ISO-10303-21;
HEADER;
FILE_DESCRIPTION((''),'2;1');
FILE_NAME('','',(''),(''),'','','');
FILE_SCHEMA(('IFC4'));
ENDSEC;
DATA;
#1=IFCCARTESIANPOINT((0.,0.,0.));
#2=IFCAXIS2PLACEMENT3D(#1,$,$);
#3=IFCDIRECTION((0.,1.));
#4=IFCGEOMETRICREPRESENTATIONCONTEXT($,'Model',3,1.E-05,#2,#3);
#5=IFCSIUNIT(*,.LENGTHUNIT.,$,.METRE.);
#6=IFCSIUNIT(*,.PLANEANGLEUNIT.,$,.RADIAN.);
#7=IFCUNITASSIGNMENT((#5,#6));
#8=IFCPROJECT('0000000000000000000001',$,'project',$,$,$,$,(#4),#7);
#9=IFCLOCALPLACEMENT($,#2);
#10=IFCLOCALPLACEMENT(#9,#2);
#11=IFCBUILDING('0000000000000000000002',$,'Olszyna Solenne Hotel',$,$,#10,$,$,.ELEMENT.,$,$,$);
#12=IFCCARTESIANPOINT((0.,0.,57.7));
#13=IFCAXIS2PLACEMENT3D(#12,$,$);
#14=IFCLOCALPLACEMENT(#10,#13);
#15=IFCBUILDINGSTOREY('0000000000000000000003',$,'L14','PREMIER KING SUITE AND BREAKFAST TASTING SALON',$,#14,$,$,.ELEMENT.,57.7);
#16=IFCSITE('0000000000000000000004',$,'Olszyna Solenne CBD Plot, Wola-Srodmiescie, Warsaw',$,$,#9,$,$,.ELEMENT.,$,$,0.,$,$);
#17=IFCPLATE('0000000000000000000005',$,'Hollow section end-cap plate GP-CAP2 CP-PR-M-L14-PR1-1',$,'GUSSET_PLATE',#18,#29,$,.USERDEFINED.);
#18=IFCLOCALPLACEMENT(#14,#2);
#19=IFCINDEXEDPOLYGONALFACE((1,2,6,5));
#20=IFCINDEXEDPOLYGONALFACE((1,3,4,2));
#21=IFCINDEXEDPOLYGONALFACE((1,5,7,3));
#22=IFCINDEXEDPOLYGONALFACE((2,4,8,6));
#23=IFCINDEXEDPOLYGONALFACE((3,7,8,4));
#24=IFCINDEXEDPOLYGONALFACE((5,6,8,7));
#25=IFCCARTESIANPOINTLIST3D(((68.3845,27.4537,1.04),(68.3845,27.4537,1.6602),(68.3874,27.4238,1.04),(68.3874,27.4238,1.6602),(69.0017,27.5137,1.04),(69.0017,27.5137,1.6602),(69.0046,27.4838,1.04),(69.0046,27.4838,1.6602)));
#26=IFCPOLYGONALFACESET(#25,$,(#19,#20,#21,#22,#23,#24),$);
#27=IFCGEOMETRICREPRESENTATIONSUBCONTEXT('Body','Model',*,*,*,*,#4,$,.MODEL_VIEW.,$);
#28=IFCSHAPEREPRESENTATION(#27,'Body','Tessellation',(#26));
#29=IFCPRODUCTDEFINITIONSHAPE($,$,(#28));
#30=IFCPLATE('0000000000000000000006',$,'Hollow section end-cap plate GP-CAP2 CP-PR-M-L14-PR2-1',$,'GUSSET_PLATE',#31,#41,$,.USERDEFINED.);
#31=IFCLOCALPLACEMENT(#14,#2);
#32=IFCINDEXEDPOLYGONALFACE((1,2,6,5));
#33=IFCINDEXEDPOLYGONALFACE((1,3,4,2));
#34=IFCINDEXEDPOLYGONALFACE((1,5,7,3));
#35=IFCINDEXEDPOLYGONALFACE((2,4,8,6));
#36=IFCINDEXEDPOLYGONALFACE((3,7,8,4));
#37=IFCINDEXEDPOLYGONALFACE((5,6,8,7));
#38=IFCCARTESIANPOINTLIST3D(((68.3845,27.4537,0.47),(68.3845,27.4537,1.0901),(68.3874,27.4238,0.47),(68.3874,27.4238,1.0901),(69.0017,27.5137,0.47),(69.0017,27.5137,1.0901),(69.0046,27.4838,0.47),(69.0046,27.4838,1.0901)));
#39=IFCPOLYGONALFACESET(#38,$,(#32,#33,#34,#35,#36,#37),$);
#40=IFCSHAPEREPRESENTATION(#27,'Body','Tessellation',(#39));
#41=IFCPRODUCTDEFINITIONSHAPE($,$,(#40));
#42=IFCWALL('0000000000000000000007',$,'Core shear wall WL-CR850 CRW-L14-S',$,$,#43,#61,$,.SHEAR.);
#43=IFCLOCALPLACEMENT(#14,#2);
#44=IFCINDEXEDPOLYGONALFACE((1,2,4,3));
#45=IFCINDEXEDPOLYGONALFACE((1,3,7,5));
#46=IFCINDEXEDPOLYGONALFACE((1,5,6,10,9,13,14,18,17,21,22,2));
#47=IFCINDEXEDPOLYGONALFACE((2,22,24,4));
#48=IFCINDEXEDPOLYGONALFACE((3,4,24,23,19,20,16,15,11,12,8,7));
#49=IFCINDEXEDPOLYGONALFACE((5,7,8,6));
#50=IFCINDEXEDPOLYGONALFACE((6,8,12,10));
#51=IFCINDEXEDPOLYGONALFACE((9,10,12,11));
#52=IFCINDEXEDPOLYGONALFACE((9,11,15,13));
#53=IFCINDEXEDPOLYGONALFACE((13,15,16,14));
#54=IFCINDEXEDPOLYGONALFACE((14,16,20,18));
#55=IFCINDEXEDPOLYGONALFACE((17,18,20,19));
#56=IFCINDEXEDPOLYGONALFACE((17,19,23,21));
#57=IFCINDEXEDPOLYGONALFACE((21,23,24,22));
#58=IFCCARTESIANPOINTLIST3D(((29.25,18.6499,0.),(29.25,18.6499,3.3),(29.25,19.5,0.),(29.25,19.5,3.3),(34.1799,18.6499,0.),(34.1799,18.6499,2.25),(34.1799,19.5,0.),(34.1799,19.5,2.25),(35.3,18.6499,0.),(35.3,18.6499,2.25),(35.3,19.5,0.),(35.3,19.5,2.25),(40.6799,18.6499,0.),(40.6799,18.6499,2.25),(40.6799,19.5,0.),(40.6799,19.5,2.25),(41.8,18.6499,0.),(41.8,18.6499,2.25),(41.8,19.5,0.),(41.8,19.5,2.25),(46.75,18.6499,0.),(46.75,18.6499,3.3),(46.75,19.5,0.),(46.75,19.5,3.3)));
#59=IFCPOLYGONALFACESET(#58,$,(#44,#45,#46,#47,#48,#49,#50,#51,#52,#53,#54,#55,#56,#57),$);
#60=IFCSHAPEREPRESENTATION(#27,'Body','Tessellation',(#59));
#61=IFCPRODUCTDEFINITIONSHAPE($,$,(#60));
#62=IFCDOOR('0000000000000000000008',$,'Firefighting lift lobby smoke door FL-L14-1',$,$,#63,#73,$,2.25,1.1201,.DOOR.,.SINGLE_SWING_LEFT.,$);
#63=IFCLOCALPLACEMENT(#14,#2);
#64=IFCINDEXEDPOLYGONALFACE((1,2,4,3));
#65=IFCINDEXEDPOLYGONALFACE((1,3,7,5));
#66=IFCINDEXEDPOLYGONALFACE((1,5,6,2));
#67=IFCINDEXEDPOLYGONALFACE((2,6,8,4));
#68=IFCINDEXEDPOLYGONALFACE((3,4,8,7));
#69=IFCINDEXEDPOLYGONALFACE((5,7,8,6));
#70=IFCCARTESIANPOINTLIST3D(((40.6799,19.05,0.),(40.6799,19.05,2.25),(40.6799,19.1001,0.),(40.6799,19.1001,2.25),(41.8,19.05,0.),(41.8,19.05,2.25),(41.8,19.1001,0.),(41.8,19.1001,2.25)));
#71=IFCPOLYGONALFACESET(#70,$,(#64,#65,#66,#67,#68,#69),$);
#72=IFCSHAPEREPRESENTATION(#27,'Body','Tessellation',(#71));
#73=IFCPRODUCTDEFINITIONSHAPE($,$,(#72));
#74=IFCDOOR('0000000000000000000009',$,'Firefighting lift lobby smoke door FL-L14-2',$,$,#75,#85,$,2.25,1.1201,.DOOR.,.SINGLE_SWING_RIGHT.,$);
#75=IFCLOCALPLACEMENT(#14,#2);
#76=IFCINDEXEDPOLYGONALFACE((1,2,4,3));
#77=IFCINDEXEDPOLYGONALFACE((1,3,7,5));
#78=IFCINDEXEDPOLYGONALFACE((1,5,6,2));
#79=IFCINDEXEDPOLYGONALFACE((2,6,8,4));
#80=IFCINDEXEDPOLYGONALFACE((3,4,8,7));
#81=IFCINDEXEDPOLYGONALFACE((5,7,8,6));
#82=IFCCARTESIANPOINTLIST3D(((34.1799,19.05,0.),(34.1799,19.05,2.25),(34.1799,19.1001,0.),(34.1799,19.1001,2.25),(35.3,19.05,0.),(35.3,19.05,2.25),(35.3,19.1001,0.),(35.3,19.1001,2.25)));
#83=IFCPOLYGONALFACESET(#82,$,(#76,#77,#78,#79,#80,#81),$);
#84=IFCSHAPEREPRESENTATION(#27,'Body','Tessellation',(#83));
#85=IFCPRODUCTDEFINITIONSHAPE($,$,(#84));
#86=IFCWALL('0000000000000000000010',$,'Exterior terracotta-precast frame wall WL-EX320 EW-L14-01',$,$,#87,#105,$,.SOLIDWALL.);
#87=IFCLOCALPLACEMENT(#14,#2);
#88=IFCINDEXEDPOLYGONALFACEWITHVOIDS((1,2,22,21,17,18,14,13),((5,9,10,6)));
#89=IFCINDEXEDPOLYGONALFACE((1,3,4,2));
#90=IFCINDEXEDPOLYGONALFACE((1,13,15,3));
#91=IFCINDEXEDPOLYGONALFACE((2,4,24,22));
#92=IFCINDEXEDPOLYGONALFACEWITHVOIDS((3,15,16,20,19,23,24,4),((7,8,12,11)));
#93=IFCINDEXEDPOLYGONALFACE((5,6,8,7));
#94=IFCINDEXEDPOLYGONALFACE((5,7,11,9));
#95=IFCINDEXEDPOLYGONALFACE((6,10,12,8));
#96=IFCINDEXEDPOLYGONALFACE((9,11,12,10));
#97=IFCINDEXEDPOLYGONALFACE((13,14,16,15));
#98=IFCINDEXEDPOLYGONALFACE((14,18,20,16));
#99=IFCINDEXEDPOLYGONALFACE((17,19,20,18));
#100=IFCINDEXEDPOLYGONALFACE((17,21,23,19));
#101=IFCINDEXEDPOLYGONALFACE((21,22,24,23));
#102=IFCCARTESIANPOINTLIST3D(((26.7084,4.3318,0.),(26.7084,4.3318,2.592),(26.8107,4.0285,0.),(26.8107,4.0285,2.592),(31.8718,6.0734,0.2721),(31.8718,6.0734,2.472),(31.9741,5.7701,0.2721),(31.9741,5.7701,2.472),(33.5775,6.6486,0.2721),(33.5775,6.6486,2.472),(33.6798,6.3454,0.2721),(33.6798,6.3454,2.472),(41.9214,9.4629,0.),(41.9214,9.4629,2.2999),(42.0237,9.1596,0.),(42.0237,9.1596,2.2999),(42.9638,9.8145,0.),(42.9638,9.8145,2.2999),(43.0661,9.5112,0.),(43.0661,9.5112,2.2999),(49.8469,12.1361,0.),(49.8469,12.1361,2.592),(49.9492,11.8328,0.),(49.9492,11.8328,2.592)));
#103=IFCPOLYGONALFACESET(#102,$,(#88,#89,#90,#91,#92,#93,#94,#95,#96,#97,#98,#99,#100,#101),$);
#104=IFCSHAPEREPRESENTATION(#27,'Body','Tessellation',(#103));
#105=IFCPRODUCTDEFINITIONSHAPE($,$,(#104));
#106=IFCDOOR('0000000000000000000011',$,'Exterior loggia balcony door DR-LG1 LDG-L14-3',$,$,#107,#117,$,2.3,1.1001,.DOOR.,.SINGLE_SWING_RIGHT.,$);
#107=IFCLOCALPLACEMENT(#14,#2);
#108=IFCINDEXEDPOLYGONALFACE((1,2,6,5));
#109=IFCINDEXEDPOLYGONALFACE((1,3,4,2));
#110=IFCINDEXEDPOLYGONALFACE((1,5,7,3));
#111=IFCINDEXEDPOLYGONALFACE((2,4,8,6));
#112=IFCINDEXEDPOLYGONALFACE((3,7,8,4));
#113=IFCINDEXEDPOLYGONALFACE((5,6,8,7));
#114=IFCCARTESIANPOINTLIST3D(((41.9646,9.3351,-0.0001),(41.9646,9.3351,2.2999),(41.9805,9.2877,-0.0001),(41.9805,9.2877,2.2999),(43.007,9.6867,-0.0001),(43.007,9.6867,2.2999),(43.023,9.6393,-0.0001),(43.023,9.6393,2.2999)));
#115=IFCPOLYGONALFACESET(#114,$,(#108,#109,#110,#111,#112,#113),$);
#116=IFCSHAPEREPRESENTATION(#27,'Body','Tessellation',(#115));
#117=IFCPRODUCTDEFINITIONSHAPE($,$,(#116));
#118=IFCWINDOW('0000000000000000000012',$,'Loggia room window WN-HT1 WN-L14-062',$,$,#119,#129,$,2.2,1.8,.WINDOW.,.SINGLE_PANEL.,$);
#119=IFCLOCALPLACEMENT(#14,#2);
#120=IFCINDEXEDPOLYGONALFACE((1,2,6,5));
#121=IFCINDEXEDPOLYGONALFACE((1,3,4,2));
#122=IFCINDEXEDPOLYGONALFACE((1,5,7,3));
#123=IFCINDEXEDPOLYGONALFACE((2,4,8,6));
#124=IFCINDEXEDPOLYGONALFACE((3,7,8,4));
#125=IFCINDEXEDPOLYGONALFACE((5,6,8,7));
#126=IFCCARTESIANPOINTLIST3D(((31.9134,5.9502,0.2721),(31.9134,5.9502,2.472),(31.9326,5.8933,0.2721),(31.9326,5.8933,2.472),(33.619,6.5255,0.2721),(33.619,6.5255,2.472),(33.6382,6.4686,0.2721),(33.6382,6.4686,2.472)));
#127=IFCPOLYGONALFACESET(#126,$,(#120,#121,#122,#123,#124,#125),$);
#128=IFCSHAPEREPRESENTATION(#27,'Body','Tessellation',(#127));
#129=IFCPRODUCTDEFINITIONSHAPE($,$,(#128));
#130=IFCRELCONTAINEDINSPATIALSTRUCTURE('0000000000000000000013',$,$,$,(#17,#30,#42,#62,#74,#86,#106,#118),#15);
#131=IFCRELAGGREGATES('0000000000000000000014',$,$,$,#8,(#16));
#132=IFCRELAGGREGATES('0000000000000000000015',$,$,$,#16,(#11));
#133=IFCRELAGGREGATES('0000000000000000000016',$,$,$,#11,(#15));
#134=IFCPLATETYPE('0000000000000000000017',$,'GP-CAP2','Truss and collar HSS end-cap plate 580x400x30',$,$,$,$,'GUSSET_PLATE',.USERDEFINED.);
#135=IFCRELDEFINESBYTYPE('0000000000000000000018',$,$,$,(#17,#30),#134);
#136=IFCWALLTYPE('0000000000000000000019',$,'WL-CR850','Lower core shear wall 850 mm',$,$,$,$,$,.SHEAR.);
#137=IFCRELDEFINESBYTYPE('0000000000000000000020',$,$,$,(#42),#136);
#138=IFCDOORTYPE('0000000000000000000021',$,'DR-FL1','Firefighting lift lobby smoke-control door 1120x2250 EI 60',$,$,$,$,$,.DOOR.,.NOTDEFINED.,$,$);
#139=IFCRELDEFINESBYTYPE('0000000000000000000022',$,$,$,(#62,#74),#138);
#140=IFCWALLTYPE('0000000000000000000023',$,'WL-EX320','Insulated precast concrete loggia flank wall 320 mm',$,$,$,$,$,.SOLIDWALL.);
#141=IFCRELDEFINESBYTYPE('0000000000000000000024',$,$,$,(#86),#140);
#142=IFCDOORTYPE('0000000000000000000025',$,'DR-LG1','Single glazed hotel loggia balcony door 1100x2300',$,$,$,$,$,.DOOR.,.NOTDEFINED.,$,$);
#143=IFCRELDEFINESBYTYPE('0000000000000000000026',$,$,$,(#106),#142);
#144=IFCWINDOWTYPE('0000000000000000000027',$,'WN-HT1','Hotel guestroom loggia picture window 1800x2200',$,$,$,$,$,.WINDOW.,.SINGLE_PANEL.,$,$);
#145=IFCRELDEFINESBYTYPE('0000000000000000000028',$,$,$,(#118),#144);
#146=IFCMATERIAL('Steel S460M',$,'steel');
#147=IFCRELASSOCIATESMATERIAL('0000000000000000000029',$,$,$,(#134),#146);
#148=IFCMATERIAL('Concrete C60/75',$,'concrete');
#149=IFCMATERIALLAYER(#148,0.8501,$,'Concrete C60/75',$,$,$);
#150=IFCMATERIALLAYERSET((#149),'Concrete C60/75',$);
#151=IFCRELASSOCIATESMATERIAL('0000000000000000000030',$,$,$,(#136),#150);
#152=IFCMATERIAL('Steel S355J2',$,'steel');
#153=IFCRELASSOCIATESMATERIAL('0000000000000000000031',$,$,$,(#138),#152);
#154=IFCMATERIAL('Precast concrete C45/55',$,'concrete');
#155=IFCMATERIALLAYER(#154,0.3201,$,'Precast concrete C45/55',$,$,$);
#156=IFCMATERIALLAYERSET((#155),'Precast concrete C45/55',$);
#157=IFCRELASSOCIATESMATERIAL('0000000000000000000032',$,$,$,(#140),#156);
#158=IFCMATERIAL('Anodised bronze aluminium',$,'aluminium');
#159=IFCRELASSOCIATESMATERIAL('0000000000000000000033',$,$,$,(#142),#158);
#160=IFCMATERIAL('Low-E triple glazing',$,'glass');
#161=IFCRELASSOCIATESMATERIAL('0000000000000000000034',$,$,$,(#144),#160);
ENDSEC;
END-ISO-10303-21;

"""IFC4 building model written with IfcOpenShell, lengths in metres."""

from ifc_helpers import new_model, si_unit, direction, frame, frame_2d, origin, origin_2d, place, context, subcontext, project, spatial, rectangle, extrude, source, transform, mapped, material, layer, layer_set, type_object, type_shapes, element, fill, save


model = new_model("IFC4")

# Units and contexts
model_context = context("Model", 3, precision=1e-05, world=origin(), true_north=direction((0.0, 1.0)))
body_context = subcontext(model_context, "Body", "Model", "MODEL_VIEW")
ifc_project = project(units=[si_unit("LENGTHUNIT", "METRE"), si_unit("PLANEANGLEUNIT", "RADIAN")], contexts=[model_context])

# Site, building, storey
site_placement = place(None, origin())
site = spatial("IfcSite", under=ifc_project, at=site_placement, Name="Olszyna Solenne CBD Plot, Wola-Srodmiescie, Warsaw", CompositionType="ELEMENT", RefElevation=0.0)
building_placement = place(site_placement, origin())
building = spatial("IfcBuilding", under=site, at=building_placement, Name="Olszyna Solenne Hotel", CompositionType="ELEMENT")
storey_placement = place(building_placement, frame((0.0, 0.0, 57.7)))
storey = spatial("IfcBuildingStorey", under=building, at=storey_placement, Name="L14", Description="PREMIER KING SUITE AND BREAKFAST TASTING SALON", CompositionType="ELEMENT", Elevation=57.7)

# Shared definitions
ifc_material_1 = material(Name="Steel S460M", Category="steel")

# Shared definitions
ifc_material_2 = material(Name="Steel S355J2", Category="steel")

# Plates
plate_type = type_object("IfcPlateType", Name="GP-CAP2", Description="Truss and collar HSS end-cap plate 580x400x30", ElementType="GUSSET_PLATE", PredefinedType="USERDEFINED", material=ifc_material_1)
shared_shape_1 = source(origin(), body_context, "Body", "SweptSolid", [
    extrude(rectangle(XDim=0.03, YDim=0.6201, at=origin_2d()), origin(), (0.0, 0.0, 1.0), 0.6201),
])
for number, where, z_axis, x_axis, name in (
    (1, (68.6946, 27.4688, 1.04), (0.0, 0.0, 1.0), (-0.096714, 0.995312, 0.0), "Hollow section end-cap plate GP-CAP2 CP-PR-M-L14-PR1-1"),
    (2, (68.6946, 27.4688, 0.47), (0.0, 0.0, 1.0), (-0.096714, 0.995312, 0.0), "Hollow section end-cap plate GP-CAP2 CP-PR-M-L14-PR2-1"),
):
    element("IfcPlate", number, at=place(storey_placement, frame(where, z_axis=z_axis, x_axis=x_axis)), inside=storey, type_object=plate_type, Name=name, ObjectType="GUSSET_PLATE", PredefinedType="USERDEFINED", context=body_context, shape_type="MappedRepresentation", body=[
        mapped(shared_shape_1, transform((0.0, 0.0, 0.0), x_axis=(1.0, 0.0, 0.0), y_axis=(0.0, 1.0, 0.0), z_axis=(0.0, 0.0, 1.0), scale=1.0)),
    ])

# Wall, openings, doors
ifc_material_3 = material(Name="Concrete C60/75", Category="concrete")
ifc_layer_1 = layer(ifc_material_3, 0.8501, Name="Concrete C60/75")
ifc_layer_set_1 = layer_set([ifc_layer_1], Name="Concrete C60/75")
wall_type_1 = type_object("IfcWallType", Name="WL-CR850", Description="Lower core shear wall 850 mm", PredefinedType="SHEAR", material=ifc_layer_set_1)
wall_1_placement = place(storey_placement, frame((46.75, 19.075, 0.0), z_axis=(0.0, 0.0, 1.0), x_axis=(-1.0, 0.0, 0.0)))
wall_1 = element("IfcWall", 3, at=wall_1_placement, inside=storey, type_object=wall_type_1, Name="Core shear wall WL-CR850 CRW-L14-S", PredefinedType="SHEAR", context=body_context, shape_type="SweptSolid", body=[
    extrude(rectangle(XDim=17.5, YDim=0.8501, at=frame_2d((8.75, 0.0))), origin(), (0.0, 0.0, 1.0), 3.3),
])
opening_1_placement = place(wall_1_placement, frame((4.95, 0.0, 0.0)))
opening_1 = element("IfcOpeningElement", 4, at=opening_1_placement, cuts=wall_1, PredefinedType="OPENING", context=body_context, shape_type="SweptSolid", body=[
    extrude(rectangle(XDim=1.1201, YDim=2.25, at=frame_2d((0.5601, 1.125))), frame((0.0, 0.4351, 0.0), z_axis=(0.0, -1.0, 0.0), x_axis=(1.0, 0.0, 0.0)), (0.0, 0.0, 1.0), 0.8701),
])
opening_2_placement = place(wall_1_placement, frame((11.45, 0.0, 0.0)))
opening_2 = element("IfcOpeningElement", 5, at=opening_2_placement, cuts=wall_1, PredefinedType="OPENING", context=body_context, shape_type="SweptSolid", body=[
    extrude(rectangle(XDim=1.1201, YDim=2.25, at=frame_2d((0.5601, 1.125))), frame((0.0, 0.4351, 0.0), z_axis=(0.0, -1.0, 0.0), x_axis=(1.0, 0.0, 0.0)), (0.0, 0.0, 1.0), 0.8701),
])
door_type_1 = type_object("IfcDoorType", Name="DR-FL1", Description="Firefighting lift lobby smoke-control door 1120x2250 EI 60", OperationType="NOTDEFINED", PredefinedType="DOOR", material=ifc_material_2)
shared_shape_2 = source(origin(), body_context, "Body", "SweptSolid", [
    extrude(rectangle(XDim=1.1201, YDim=2.25, at=frame_2d((0.5601, 1.125))), frame((0.0, 0.0249, 0.0), z_axis=(0.0, -1.0, 0.0), x_axis=(1.0, 0.0, 0.0)), (0.0, 0.0, 1.0), 0.05),
])
type_shapes(door_type_1, [shared_shape_2])
door_1_placement = place(opening_1_placement, origin())
door_1 = element("IfcDoor", 6, at=door_1_placement, inside=storey, type_object=door_type_1, Name="Firefighting lift lobby smoke door FL-L14-1", OperationType="SINGLE_SWING_LEFT", OverallHeight=2.25, OverallWidth=1.1201, PredefinedType="DOOR", context=body_context, shape_type="MappedRepresentation", body=[
    mapped(shared_shape_2, transform((0.0, 0.0, 0.0), x_axis=(1.0, 0.0, 0.0), y_axis=(0.0, 1.0, 0.0), z_axis=(0.0, 0.0, 1.0), scale=1.0)),
])
fill(opening_1, door_1)
door_2_placement = place(opening_2_placement, origin())
door_2 = element("IfcDoor", 7, at=door_2_placement, inside=storey, type_object=door_type_1, Name="Firefighting lift lobby smoke door FL-L14-2", OperationType="SINGLE_SWING_RIGHT", OverallHeight=2.25, OverallWidth=1.1201, PredefinedType="DOOR", context=body_context, shape_type="MappedRepresentation", body=[
    mapped(shared_shape_2, transform((0.0, 0.0, 0.0), x_axis=(1.0, 0.0, 0.0), y_axis=(0.0, 1.0, 0.0), z_axis=(0.0, 0.0, 1.0), scale=1.0)),
])
fill(opening_2, door_2)

# Wall, openings, door, window
ifc_material_4 = material(Name="Precast concrete C45/55", Category="concrete")
ifc_layer_2 = layer(ifc_material_4, 0.3201, Name="Precast concrete C45/55")
ifc_layer_set_2 = layer_set([ifc_layer_2], Name="Precast concrete C45/55")
wall_type_2 = type_object("IfcWallType", Name="WL-EX320", Description="Insulated precast concrete loggia flank wall 320 mm", PredefinedType="SOLIDWALL", material=ifc_layer_set_2)
wall_2_placement = place(storey_placement, frame((49.8979, 11.9844, 0.0), z_axis=(0.0, 0.0, 1.0), x_axis=(-0.947555, -0.319594, 0.0)))
wall_2 = element("IfcWall", 8, at=wall_2_placement, inside=storey, type_object=wall_type_2, Name="Exterior terracotta-precast frame wall WL-EX320 EW-L14-01", PredefinedType="SOLIDWALL", context=body_context, shape_type="SweptSolid", body=[
    extrude(rectangle(XDim=24.4192, YDim=0.3201, at=frame_2d((12.2095, 0.0))), origin(), (0.0, 0.0, 1.0), 2.592),
])
opening_3_placement = place(wall_2_placement, frame((7.2639, 0.0, 0.0)))
opening_3 = element("IfcOpeningElement", 9, at=opening_3_placement, cuts=wall_2, PredefinedType="OPENING", context=body_context, shape_type="SweptSolid", body=[
    extrude(rectangle(XDim=1.1001, YDim=2.3, at=frame_2d((0.55, 1.1499))), frame((0.0, 0.1699, 0.0), z_axis=(0.0, -1.0, 0.0), x_axis=(1.0, 0.0, 0.0)), (0.0, 0.0, 1.0), 0.3401),
])
opening_4_placement = place(wall_2_placement, frame((17.1699, 0.0, 0.272)))
opening_4 = element("IfcOpeningElement", 10, at=opening_4_placement, cuts=wall_2, PredefinedType="OPENING", context=body_context, shape_type="SweptSolid", body=[
    extrude(rectangle(XDim=1.8, YDim=2.2, at=frame_2d((0.8999, 1.1001))), frame((0.0, 0.1699, 0.0), z_axis=(0.0, -1.0, 0.0), x_axis=(1.0, 0.0, 0.0)), (0.0, 0.0, 1.0), 0.3401),
])
ifc_material_5 = material(Name="Anodised bronze aluminium", Category="aluminium")
door_type_2 = type_object("IfcDoorType", Name="DR-LG1", Description="Single glazed hotel loggia balcony door 1100x2300", OperationType="NOTDEFINED", PredefinedType="DOOR", material=ifc_material_5)
shared_shape_3 = source(origin(), body_context, "Body", "SweptSolid", [
    extrude(rectangle(XDim=1.1001, YDim=2.3, at=frame_2d((0.55, 1.1499))), frame((0.0, 0.0249, 0.0), z_axis=(0.0, -1.0, 0.0), x_axis=(1.0, 0.0, 0.0)), (0.0, 0.0, 1.0), 0.05),
])
type_shapes(door_type_2, [shared_shape_3])
door_3_placement = place(opening_3_placement, origin())
door_3 = element("IfcDoor", 11, at=door_3_placement, inside=storey, type_object=door_type_2, Name="Exterior loggia balcony door DR-LG1 LDG-L14-3", OperationType="SINGLE_SWING_RIGHT", OverallHeight=2.3, OverallWidth=1.1001, PredefinedType="DOOR", context=body_context, shape_type="MappedRepresentation", body=[
    mapped(shared_shape_3, transform((0.0, 0.0, 0.0), x_axis=(1.0, 0.0, 0.0), y_axis=(0.0, 1.0, 0.0), z_axis=(0.0, 0.0, 1.0), scale=1.0)),
])
fill(opening_3, door_3)
ifc_material_6 = material(Name="Low-E triple glazing", Category="glass")
window_type = type_object("IfcWindowType", Name="WN-HT1", Description="Hotel guestroom loggia picture window 1800x2200", PartitioningType="SINGLE_PANEL", PredefinedType="WINDOW", material=ifc_material_6)
shared_shape_4 = source(origin(), body_context, "Body", "SweptSolid", [
    extrude(rectangle(XDim=1.8, YDim=2.2, at=frame_2d((0.8999, 1.1001))), frame((0.0, 0.03, 0.0), z_axis=(0.0, -1.0, 0.0), x_axis=(1.0, 0.0, 0.0)), (0.0, 0.0, 1.0), 0.0601),
])
type_shapes(window_type, [shared_shape_4])
window_placement = place(opening_4_placement, origin())
window = element("IfcWindow", 12, at=window_placement, inside=storey, type_object=window_type, Name="Loggia room window WN-HT1 WN-L14-062", OverallHeight=2.2, OverallWidth=1.8, PartitioningType="SINGLE_PANEL", PredefinedType="WINDOW", context=body_context, shape_type="MappedRepresentation", body=[
    mapped(shared_shape_4, transform((0.0, 0.0, 0.0), x_axis=(1.0, 0.0, 0.0), y_axis=(0.0, 1.0, 0.0), z_axis=(0.0, 0.0, 1.0), scale=1.0)),
])
fill(opening_4, window)

save(model, "model.ifc")
